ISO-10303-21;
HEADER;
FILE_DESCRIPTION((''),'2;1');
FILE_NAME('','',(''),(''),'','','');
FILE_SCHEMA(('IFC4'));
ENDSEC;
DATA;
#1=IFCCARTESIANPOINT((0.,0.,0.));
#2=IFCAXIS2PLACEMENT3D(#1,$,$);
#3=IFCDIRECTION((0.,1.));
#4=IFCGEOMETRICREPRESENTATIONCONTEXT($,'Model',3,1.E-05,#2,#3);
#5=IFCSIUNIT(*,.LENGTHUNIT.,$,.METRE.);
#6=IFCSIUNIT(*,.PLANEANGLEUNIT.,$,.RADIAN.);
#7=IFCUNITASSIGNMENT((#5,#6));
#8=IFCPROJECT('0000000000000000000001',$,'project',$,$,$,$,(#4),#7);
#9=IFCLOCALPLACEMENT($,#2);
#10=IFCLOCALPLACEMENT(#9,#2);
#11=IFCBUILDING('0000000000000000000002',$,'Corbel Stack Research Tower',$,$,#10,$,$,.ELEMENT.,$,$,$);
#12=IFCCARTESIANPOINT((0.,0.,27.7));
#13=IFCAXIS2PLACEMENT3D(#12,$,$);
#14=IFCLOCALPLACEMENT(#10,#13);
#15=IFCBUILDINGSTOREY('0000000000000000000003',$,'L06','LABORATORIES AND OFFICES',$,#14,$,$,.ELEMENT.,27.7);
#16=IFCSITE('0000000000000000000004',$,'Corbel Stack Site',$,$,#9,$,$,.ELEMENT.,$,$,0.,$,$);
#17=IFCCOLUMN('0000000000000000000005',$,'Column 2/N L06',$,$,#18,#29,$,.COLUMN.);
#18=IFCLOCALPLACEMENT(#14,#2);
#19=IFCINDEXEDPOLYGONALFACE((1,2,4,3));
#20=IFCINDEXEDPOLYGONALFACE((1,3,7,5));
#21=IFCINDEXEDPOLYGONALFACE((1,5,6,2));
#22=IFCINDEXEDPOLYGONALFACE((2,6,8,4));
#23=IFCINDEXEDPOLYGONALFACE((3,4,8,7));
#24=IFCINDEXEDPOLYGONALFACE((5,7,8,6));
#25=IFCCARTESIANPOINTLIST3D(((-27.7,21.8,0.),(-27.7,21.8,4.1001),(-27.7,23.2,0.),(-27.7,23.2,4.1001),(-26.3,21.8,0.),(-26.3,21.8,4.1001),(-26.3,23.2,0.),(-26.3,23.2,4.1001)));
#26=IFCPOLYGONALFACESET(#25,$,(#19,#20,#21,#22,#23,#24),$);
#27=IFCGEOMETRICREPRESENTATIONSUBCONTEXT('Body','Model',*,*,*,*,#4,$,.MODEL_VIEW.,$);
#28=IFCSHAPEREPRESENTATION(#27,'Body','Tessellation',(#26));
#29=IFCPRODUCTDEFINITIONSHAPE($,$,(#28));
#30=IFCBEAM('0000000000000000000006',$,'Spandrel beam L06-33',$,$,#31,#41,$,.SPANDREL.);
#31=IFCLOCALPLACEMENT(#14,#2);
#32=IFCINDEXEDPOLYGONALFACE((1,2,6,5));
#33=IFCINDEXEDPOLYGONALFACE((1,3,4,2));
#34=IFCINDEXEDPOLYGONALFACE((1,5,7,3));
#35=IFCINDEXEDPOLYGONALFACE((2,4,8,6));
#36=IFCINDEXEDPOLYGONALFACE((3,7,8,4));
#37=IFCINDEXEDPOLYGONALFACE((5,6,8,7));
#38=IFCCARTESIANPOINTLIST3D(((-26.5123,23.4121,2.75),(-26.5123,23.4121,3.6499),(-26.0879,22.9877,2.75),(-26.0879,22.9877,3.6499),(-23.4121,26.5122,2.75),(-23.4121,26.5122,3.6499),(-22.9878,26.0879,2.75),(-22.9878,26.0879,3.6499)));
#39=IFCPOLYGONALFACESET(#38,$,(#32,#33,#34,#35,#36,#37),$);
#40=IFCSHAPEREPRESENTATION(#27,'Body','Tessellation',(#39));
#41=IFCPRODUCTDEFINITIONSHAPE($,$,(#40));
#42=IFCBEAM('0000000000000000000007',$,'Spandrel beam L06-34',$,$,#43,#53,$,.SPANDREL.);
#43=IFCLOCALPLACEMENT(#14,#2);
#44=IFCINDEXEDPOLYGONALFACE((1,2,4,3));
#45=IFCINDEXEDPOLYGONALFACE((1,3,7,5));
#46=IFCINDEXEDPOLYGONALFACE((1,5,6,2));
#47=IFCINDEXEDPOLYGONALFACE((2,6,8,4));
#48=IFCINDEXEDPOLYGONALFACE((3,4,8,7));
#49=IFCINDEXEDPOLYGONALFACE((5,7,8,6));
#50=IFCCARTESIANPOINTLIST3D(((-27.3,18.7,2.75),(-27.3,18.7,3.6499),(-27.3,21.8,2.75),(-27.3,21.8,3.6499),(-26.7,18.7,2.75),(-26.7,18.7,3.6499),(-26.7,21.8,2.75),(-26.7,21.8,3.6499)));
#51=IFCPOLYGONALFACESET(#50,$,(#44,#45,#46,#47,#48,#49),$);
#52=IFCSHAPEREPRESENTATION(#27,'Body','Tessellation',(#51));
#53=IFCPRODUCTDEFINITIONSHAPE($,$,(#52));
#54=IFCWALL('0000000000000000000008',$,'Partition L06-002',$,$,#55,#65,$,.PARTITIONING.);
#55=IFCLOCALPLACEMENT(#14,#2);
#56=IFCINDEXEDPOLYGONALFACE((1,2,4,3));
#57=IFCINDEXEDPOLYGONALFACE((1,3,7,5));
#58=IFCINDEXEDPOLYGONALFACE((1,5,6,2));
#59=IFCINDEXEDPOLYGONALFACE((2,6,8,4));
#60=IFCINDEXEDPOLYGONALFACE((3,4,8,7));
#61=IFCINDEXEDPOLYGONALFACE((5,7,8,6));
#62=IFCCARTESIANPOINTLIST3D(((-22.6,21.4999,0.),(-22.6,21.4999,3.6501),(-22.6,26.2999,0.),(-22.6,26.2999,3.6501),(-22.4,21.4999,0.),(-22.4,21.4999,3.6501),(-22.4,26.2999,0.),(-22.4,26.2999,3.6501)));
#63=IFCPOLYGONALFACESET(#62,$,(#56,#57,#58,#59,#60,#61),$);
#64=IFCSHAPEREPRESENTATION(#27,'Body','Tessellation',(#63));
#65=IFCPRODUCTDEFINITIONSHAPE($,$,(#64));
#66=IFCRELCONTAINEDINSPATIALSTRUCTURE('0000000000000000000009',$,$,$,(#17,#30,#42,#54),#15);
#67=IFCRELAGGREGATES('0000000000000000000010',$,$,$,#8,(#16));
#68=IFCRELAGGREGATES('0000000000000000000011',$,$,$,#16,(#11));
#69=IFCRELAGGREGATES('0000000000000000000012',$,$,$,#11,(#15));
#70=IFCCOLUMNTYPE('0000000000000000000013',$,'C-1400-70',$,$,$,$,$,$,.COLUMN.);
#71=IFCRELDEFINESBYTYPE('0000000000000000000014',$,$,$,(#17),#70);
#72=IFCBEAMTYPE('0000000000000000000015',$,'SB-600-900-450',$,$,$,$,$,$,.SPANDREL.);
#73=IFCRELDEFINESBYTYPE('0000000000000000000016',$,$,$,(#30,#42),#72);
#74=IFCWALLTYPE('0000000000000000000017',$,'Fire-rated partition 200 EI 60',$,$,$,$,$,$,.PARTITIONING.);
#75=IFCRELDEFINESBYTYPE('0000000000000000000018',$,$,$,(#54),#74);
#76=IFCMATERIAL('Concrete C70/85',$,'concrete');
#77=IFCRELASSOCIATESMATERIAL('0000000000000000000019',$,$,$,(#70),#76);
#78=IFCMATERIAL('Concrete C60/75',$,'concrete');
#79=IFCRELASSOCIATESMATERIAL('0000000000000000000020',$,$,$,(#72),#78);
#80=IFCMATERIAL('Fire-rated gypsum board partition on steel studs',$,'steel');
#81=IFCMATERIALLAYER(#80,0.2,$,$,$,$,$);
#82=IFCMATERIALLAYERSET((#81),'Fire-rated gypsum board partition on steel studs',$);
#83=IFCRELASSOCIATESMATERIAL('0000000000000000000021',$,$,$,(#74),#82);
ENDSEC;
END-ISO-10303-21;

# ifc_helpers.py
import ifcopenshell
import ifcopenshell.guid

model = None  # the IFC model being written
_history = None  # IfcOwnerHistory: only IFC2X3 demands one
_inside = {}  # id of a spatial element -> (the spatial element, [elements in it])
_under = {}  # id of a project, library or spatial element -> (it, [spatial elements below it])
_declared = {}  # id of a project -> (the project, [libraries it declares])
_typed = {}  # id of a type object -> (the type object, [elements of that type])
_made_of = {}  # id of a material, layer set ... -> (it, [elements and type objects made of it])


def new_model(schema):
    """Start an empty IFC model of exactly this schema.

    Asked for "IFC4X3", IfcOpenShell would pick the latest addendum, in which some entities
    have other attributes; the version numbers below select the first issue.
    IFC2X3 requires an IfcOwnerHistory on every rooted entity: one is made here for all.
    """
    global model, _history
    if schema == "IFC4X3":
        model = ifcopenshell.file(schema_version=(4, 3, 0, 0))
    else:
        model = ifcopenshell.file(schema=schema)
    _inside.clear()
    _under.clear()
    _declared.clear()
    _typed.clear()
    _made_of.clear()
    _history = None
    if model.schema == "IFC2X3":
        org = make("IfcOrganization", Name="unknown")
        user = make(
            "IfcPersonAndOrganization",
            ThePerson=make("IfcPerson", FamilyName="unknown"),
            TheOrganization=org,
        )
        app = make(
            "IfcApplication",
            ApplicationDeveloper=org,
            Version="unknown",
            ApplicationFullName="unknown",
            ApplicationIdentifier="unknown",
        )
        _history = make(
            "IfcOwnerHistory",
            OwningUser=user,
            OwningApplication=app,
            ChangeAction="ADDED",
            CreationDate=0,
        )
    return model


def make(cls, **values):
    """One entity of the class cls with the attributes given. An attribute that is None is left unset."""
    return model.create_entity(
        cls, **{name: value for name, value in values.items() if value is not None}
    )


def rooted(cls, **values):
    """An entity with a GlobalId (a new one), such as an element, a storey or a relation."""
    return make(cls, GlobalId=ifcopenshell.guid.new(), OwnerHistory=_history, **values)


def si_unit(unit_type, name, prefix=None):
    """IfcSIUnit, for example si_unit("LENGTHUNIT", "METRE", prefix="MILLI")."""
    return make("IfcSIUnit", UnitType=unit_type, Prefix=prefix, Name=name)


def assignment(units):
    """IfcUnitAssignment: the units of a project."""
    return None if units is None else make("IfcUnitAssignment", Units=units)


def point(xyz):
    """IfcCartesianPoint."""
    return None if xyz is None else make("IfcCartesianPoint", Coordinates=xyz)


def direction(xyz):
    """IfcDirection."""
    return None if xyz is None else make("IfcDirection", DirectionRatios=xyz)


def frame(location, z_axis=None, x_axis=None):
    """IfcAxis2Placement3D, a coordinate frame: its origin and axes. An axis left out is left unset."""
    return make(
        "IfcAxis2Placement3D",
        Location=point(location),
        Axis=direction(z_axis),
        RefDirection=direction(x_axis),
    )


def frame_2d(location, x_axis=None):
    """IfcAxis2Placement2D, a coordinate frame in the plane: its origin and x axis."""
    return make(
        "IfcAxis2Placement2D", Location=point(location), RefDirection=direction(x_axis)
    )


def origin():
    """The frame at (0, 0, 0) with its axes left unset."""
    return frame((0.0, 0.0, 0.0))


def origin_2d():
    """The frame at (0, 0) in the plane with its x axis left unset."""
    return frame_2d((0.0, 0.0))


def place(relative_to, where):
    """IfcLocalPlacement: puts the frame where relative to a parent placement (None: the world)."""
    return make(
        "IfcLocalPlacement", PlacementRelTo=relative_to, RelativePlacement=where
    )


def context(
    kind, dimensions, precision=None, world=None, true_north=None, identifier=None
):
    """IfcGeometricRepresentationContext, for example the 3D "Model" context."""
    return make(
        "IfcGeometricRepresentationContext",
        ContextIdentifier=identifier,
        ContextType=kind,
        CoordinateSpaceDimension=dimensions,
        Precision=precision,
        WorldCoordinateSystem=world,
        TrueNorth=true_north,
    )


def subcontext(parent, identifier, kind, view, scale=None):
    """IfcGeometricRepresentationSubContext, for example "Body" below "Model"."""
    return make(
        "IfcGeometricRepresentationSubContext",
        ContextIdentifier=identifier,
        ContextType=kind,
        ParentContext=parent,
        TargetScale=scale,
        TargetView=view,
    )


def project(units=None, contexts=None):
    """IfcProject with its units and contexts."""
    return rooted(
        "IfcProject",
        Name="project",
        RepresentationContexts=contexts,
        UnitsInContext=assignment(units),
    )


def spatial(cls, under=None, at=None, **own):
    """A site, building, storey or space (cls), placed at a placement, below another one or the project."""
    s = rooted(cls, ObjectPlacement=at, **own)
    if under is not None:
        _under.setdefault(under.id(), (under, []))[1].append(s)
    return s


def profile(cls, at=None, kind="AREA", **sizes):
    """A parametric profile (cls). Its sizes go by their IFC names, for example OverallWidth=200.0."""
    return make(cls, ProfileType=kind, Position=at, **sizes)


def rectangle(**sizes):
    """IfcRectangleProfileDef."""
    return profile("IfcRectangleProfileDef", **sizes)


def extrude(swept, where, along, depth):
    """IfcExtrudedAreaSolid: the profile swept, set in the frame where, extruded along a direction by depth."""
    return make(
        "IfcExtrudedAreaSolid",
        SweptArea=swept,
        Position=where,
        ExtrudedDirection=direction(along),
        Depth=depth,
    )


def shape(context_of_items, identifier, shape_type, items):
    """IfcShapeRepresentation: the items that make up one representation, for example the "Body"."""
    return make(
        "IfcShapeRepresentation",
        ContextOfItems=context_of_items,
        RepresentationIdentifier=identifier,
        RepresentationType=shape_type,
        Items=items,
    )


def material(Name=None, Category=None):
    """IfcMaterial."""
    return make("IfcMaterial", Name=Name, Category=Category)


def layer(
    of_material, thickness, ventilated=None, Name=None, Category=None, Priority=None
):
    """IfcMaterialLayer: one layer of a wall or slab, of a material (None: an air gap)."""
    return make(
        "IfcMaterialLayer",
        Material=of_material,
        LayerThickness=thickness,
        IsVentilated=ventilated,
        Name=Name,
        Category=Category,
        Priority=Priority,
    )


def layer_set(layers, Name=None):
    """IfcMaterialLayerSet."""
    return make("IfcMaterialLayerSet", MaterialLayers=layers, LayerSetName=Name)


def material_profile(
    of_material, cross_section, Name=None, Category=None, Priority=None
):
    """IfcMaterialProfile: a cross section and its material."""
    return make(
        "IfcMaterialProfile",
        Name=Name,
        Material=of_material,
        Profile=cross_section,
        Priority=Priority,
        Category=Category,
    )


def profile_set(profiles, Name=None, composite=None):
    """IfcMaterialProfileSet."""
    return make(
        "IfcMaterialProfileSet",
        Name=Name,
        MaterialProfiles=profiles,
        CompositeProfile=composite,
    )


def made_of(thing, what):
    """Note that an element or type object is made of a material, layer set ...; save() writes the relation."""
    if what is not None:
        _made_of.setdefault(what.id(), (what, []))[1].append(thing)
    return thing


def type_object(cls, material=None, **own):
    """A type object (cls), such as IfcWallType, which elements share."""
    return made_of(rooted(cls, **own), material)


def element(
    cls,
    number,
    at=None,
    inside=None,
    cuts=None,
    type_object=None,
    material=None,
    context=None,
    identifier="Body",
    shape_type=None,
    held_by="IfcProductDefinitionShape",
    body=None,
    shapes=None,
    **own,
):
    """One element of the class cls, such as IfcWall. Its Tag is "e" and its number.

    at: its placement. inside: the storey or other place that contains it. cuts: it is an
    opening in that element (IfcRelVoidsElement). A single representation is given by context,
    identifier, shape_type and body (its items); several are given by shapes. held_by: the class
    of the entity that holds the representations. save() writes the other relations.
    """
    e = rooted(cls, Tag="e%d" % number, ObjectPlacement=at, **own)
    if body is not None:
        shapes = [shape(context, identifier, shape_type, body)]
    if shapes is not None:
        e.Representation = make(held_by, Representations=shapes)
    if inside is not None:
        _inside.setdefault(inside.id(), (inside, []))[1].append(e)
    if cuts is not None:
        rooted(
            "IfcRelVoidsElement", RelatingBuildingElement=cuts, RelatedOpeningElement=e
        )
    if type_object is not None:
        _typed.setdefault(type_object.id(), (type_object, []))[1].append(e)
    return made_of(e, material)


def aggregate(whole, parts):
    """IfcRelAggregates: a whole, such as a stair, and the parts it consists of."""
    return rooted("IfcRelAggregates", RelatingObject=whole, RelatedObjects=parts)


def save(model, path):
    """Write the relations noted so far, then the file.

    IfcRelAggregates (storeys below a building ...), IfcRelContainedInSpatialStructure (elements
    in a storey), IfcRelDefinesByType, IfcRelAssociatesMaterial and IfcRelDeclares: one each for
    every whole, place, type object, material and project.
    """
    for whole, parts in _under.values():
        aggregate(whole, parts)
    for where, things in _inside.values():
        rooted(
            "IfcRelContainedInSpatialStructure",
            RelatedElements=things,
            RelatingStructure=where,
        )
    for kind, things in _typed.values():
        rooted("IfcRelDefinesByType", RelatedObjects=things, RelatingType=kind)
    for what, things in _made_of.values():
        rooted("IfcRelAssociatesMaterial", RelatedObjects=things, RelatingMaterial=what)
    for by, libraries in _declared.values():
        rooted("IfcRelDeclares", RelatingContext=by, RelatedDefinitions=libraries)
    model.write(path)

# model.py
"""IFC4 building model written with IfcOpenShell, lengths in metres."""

from ifc_helpers import new_model, si_unit, direction, frame, frame_2d, origin, origin_2d, place, context, subcontext, project, spatial, rectangle, extrude, material, layer, layer_set, material_profile, profile_set, type_object, element, save


model = new_model("IFC4")

# Units and contexts
model_context = context("Model", 3, precision=1e-05, world=origin(), true_north=direction((0.0, 1.0)))
body_context = subcontext(model_context, "Body", "Model", "MODEL_VIEW")
ifc_project = project(units=[si_unit("LENGTHUNIT", "METRE"), si_unit("PLANEANGLEUNIT", "RADIAN")], contexts=[model_context])

# Site, building, storey
site_placement = place(None, origin())
site = spatial("IfcSite", under=ifc_project, at=site_placement, Name="Corbel Stack Site", CompositionType="ELEMENT", RefElevation=0.0)
building_placement = place(site_placement, origin())
building = spatial("IfcBuilding", under=site, at=building_placement, Name="Corbel Stack Research Tower", CompositionType="ELEMENT")
storey_placement = place(building_placement, frame((0.0, 0.0, 27.7)))
storey = spatial("IfcBuildingStorey", under=building, at=storey_placement, Name="L06", Description="LABORATORIES AND OFFICES", CompositionType="ELEMENT", Elevation=27.7)

# Column
ifc_material_1 = material(Name="Concrete C70/85", Category="concrete")
ifc_material_profile_1 = material_profile(ifc_material_1, rectangle(XDim=1.3999, YDim=1.3999, at=origin_2d()), Name="RC 1400 x 1400")
ifc_profile_set_1 = profile_set([ifc_material_profile_1], Name="Concrete C70/85")
column_type = type_object("IfcColumnType", Name="C-1400-70", PredefinedType="COLUMN", material=ifc_profile_set_1)
column_placement = place(storey_placement, frame((-27.0, 22.5, 0.0), z_axis=(0.0, 0.0, 1.0), x_axis=(1.0, 0.0, 0.0)))
element("IfcColumn", 1, at=column_placement, inside=storey, type_object=column_type, Name="Column 2/N L06", PredefinedType="COLUMN", context=body_context, shape_type="SweptSolid", body=[
    extrude(rectangle(XDim=1.3999, YDim=1.3999, at=origin_2d()), origin(), (0.0, 0.0, 1.0), 4.1001),
])

# Beams
ifc_material_2 = material(Name="Concrete C60/75", Category="concrete")
ifc_material_profile_2 = material_profile(ifc_material_2, rectangle(XDim=0.6001, YDim=0.8999, at=origin_2d()), Name="RC 600 x 900")
ifc_profile_set_2 = profile_set([ifc_material_profile_2], Name="Concrete C60/75")
beam_type = type_object("IfcBeamType", Name="SB-600-900-450", PredefinedType="SPANDREL", material=ifc_profile_set_2)
beam_1_placement = place(storey_placement, frame((-23.2, 26.3, 3.2), z_axis=(-0.707107, -0.707107, 0.0), x_axis=(0.707107, -0.707107, 0.0)))
element("IfcBeam", 2, at=beam_1_placement, inside=storey, type_object=beam_type, Name="Spandrel beam L06-33", PredefinedType="SPANDREL", context=body_context, shape_type="SweptSolid", body=[
    extrude(rectangle(XDim=0.6001, YDim=0.8999, at=origin_2d()), origin(), (0.0, 0.0, 1.0), 4.3843),
])
beam_2_placement = place(storey_placement, frame((-27.0, 21.8, 3.2), z_axis=(0.0, -1.0, 0.0), x_axis=(1.0, 0.0, 0.0)))
element("IfcBeam", 3, at=beam_2_placement, inside=storey, type_object=beam_type, Name="Spandrel beam L06-34", PredefinedType="SPANDREL", context=body_context, shape_type="SweptSolid", body=[
    extrude(rectangle(XDim=0.6001, YDim=0.8999, at=origin_2d()), origin(), (0.0, 0.0, 1.0), 3.1001),
])

# Wall
ifc_material_3 = material(Name="Fire-rated gypsum board partition on steel studs", Category="steel")
ifc_layer_1 = layer(ifc_material_3, 0.2)
ifc_layer_set_1 = layer_set([ifc_layer_1], Name="Fire-rated gypsum board partition on steel studs")
wall_type_1 = type_object("IfcWallType", Name="Fire-rated partition 200 EI 60", PredefinedType="PARTITIONING", material=ifc_layer_set_1)
wall_1_placement = place(storey_placement, frame((-22.5, 21.5, 0.0), z_axis=(0.0, 0.0, 1.0), x_axis=(0.0, 1.0, 0.0)))
element("IfcWall", 4, at=wall_1_placement, inside=storey, type_object=wall_type_1, Name="Partition L06-002", PredefinedType="PARTITIONING", context=body_context, shape_type="SweptSolid", body=[
    extrude(rectangle(XDim=4.8, YDim=0.2, at=frame_2d((2.3999, 0.0))), origin(), (0.0, 0.0, 1.0), 3.6501),
])

save(model, "model.ifc")
